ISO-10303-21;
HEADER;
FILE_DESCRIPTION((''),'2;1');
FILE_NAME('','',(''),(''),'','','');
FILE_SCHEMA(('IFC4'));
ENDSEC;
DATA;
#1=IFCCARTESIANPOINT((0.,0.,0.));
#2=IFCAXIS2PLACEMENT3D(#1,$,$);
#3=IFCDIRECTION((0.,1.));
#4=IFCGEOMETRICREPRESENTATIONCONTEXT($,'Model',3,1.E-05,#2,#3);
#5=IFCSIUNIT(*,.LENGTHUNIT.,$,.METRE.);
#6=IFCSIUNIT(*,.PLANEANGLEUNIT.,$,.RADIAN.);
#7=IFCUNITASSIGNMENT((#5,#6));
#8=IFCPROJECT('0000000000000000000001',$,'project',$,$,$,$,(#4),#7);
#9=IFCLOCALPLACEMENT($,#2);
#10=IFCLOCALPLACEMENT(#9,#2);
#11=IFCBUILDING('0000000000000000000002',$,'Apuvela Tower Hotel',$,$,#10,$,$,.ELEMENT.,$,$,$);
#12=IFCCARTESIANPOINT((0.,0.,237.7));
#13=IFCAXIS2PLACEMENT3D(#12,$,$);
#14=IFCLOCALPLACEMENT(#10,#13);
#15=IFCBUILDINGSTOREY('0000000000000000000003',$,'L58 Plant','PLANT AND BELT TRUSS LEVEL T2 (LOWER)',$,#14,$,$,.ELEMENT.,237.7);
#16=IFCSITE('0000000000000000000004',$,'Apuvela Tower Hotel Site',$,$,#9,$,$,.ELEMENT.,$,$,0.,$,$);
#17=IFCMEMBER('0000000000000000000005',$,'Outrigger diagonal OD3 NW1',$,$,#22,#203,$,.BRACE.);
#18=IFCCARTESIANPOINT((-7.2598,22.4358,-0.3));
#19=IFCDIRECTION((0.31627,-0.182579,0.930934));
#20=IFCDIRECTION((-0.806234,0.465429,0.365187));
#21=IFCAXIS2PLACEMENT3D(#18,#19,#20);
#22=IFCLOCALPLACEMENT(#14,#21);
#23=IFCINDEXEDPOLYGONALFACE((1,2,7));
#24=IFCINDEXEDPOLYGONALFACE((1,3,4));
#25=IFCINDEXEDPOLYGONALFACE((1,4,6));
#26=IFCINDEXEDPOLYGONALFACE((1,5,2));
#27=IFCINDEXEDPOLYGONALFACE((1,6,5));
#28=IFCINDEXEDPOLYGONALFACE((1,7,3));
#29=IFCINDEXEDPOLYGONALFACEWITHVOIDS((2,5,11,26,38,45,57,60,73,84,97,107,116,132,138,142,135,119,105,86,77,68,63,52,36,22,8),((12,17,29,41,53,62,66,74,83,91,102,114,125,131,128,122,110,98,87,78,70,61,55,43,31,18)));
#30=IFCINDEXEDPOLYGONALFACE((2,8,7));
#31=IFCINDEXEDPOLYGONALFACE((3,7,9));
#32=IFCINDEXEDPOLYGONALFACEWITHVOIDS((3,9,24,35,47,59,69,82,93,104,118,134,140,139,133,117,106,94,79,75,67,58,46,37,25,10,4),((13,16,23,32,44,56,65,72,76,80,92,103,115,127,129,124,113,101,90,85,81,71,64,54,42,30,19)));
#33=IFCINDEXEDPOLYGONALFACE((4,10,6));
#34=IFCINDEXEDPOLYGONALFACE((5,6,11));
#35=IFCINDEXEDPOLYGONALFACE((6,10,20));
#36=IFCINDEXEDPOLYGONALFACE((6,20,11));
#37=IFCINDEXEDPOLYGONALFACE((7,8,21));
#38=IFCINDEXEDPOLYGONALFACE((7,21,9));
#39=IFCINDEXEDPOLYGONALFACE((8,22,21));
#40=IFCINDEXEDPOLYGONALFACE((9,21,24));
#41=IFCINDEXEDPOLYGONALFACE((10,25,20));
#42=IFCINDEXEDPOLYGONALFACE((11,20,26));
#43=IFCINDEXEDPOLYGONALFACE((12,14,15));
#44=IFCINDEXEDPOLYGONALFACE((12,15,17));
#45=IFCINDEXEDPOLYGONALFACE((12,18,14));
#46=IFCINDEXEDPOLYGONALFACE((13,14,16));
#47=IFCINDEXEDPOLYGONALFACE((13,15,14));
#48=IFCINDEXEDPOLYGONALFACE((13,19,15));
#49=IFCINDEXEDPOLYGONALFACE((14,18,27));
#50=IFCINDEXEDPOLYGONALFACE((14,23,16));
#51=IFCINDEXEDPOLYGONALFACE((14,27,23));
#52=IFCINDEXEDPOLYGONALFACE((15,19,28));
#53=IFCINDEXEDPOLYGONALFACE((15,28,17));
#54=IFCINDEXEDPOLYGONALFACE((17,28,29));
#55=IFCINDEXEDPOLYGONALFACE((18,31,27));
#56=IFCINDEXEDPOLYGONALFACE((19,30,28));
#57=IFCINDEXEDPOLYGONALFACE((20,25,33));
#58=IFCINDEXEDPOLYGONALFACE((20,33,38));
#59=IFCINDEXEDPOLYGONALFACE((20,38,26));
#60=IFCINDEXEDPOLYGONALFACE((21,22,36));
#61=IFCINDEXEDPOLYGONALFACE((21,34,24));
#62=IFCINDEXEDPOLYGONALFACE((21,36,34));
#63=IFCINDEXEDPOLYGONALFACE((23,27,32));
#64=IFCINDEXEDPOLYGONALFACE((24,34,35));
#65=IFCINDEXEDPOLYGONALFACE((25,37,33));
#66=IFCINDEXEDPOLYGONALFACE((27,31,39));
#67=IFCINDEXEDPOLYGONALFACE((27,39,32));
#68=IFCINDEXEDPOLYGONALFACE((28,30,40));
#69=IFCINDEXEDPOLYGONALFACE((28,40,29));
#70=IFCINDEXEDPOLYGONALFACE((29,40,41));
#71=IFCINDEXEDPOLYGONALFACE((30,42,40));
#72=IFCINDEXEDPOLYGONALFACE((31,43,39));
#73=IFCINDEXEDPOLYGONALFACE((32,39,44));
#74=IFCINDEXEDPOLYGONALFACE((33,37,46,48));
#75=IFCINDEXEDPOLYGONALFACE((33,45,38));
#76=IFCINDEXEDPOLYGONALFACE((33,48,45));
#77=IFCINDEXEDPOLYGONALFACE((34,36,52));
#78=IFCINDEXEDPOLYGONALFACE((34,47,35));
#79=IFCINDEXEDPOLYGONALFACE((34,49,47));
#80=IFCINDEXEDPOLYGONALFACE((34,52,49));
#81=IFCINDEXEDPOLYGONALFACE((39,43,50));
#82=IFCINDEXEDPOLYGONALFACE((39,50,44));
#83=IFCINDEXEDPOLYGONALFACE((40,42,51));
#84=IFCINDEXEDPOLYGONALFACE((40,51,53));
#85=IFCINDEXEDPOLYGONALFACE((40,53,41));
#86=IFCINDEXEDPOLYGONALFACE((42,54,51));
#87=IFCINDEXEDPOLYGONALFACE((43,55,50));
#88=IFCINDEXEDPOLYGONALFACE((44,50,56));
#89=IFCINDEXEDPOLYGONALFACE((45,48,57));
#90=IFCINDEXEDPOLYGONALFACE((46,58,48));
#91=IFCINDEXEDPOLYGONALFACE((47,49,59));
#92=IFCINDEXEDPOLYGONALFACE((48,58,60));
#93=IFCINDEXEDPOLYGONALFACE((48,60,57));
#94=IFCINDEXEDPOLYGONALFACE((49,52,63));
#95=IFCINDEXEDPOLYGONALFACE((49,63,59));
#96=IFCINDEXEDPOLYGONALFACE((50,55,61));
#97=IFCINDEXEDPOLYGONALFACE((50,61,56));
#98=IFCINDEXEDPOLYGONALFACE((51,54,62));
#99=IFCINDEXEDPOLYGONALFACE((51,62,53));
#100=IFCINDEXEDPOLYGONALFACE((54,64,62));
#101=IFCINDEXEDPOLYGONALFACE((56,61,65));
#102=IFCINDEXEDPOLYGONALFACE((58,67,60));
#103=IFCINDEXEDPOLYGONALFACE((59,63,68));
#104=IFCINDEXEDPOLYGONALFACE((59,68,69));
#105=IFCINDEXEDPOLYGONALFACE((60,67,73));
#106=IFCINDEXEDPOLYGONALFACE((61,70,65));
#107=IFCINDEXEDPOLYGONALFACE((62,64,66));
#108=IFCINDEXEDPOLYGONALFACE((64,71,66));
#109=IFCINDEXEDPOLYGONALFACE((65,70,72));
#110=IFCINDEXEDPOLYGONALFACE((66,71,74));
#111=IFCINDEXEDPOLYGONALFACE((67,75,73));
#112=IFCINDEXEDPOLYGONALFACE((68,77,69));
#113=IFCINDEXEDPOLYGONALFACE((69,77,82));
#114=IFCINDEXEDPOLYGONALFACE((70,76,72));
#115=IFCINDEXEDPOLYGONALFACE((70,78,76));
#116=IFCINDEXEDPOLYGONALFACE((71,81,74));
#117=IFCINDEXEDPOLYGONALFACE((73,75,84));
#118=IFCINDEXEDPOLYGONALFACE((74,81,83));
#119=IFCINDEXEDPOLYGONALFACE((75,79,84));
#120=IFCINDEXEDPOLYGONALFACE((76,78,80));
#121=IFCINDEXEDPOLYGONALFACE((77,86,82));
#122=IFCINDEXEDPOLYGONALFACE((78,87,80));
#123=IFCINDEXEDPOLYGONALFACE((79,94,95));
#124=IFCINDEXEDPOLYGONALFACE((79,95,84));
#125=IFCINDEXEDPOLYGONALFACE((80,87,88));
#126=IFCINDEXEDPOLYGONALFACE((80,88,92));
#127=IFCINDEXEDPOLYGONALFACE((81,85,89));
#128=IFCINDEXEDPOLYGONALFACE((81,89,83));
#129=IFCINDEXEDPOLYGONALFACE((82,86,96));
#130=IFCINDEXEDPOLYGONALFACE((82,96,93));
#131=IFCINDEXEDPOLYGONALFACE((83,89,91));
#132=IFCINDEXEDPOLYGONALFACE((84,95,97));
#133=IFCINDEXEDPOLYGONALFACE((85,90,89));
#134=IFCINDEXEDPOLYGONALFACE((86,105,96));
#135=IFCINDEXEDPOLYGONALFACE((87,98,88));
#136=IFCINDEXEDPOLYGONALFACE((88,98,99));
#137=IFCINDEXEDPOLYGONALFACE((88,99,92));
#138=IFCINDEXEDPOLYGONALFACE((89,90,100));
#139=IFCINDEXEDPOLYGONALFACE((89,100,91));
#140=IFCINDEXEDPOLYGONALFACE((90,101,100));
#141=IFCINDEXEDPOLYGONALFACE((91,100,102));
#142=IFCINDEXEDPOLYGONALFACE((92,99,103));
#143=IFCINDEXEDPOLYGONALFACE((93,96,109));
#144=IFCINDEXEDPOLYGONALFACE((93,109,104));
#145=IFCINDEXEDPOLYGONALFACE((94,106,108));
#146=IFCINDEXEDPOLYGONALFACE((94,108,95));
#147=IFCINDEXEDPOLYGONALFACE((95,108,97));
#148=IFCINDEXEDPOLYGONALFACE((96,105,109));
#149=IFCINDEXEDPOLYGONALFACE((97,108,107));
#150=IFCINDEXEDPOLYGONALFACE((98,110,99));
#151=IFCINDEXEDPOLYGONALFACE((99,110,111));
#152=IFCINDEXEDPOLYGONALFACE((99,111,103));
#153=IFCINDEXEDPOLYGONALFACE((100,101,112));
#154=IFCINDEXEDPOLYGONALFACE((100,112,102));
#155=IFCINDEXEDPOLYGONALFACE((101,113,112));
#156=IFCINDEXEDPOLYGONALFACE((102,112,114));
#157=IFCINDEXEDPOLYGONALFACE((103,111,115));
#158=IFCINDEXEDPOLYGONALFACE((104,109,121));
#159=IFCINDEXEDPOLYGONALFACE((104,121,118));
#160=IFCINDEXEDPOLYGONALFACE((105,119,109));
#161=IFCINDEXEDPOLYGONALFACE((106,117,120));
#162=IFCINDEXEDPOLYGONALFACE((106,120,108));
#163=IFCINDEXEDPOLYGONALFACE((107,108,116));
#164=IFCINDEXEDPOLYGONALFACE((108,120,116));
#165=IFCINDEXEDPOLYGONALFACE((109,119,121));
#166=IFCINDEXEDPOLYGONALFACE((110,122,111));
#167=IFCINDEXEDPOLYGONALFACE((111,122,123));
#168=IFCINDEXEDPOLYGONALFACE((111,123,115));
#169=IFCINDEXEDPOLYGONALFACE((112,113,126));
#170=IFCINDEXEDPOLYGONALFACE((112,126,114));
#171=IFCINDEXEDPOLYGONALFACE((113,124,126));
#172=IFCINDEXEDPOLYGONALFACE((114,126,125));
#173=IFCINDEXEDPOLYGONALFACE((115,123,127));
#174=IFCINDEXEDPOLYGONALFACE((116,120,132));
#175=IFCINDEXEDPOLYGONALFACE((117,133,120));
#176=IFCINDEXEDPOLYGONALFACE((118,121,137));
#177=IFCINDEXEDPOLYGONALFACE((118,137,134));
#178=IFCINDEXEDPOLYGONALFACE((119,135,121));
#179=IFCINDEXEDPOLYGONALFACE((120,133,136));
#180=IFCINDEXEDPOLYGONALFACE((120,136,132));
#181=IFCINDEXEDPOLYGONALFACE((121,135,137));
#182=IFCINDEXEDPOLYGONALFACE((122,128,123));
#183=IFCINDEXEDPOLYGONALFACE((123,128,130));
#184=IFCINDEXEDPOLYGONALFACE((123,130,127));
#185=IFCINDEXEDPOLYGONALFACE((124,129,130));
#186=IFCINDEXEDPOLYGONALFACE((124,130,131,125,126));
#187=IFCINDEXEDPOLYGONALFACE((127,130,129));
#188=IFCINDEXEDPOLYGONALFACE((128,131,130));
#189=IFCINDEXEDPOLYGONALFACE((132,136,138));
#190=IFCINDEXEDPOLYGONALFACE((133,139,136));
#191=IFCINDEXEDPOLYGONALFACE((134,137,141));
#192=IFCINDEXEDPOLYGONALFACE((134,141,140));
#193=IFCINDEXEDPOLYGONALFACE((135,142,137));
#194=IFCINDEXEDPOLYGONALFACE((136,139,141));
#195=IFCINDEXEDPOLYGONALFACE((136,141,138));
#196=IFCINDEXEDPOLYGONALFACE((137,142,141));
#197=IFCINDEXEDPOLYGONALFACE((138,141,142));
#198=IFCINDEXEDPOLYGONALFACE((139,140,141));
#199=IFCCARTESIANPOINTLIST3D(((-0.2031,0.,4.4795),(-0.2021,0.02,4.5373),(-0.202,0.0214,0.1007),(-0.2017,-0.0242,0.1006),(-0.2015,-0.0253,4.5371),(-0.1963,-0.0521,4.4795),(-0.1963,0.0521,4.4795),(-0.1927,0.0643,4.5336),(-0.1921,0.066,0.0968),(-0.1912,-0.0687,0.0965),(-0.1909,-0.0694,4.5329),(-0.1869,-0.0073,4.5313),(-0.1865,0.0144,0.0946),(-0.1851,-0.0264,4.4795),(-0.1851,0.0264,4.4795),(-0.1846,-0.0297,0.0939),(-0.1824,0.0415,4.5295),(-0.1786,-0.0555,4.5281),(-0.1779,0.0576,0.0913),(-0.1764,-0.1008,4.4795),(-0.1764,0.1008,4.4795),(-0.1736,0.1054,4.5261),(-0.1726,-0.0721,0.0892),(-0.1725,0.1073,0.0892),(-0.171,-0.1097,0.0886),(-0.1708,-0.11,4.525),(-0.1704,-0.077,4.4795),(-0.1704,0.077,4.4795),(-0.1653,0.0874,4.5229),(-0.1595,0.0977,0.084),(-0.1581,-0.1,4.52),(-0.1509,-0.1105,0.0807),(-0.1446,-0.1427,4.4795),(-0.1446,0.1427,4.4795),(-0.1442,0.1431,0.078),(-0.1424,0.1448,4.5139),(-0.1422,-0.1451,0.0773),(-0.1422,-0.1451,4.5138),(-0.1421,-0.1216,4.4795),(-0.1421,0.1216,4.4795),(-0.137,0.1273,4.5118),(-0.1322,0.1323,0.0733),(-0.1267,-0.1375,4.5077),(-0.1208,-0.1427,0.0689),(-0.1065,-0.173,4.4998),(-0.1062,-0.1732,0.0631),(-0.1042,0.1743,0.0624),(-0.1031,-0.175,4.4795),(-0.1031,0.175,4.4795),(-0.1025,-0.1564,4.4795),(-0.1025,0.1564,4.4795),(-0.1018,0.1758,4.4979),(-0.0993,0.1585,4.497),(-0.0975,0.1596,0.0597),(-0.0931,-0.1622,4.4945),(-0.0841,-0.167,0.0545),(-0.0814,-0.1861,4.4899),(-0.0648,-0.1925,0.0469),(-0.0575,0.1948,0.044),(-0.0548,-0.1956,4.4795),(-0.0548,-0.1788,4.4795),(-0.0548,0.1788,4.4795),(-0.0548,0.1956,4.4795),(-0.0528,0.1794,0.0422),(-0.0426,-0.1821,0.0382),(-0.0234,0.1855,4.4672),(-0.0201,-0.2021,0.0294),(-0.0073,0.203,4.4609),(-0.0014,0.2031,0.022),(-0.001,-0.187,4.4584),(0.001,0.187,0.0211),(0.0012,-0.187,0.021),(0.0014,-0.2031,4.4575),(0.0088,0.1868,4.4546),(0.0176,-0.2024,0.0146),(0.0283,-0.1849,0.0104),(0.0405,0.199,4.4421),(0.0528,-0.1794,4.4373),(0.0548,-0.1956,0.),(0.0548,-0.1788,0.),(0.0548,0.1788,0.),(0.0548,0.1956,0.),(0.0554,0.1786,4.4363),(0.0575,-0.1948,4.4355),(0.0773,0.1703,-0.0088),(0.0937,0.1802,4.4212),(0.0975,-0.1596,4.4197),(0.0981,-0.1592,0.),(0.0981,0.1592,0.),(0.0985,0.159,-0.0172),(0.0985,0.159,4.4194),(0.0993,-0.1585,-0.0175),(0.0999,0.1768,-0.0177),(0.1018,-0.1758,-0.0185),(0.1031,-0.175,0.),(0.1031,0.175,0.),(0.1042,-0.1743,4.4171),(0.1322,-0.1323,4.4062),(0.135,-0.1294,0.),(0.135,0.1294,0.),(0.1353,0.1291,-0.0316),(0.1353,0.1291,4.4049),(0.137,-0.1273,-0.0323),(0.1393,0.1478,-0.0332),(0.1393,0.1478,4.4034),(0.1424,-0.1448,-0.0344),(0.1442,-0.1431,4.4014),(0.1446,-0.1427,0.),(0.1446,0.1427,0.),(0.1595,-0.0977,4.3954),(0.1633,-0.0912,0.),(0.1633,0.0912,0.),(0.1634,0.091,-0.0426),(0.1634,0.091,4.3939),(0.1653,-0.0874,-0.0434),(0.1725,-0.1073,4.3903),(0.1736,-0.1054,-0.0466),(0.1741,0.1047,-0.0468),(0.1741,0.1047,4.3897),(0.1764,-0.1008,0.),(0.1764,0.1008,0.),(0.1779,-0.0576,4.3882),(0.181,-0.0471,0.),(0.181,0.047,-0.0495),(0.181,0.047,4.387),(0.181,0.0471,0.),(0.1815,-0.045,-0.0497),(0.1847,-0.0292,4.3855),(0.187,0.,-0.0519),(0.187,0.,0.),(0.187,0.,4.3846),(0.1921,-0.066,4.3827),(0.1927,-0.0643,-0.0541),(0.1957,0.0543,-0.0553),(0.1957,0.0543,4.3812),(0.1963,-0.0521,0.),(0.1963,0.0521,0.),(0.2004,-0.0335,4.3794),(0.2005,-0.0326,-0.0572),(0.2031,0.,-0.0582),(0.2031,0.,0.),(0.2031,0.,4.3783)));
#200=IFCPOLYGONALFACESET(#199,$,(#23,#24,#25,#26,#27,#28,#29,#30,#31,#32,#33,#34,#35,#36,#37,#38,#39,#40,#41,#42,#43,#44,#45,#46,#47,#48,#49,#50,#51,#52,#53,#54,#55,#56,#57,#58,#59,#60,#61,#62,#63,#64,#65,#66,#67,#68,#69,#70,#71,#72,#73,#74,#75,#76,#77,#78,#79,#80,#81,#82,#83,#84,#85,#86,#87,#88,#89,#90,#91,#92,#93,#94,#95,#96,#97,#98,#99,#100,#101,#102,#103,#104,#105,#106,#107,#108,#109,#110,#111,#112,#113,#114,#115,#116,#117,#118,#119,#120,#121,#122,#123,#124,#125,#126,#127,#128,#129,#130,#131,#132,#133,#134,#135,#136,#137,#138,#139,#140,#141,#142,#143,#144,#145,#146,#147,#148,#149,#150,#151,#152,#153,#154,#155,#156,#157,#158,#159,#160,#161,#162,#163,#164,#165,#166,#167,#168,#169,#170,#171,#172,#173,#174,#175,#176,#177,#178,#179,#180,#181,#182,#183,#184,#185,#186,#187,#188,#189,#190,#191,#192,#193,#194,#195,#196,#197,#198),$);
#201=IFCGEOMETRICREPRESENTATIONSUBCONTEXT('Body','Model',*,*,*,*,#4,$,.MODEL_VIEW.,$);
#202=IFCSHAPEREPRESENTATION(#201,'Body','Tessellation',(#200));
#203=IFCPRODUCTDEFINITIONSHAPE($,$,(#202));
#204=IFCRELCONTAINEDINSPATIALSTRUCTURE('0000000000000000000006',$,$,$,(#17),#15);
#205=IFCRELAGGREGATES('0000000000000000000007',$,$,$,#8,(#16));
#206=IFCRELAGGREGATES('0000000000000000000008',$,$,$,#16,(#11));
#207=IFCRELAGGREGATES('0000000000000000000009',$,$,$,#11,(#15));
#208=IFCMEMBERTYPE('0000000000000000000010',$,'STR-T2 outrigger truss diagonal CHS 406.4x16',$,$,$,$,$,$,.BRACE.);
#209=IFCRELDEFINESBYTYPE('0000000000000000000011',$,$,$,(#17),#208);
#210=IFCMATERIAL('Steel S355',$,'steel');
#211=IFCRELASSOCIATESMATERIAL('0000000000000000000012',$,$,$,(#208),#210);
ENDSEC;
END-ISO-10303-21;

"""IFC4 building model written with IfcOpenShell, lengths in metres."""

from ifc_helpers import new_model, si_unit, direction, frame, origin, origin_2d, place, context, subcontext, project, spatial, hollow_circle, extrude, boolean, halfspace, material, material_profile, profile_set, type_object, element, save


model = new_model("IFC4")

# Units and contexts
model_context = context("Model", 3, precision=1e-05, world=origin(), true_north=direction((0.0, 1.0)))
body_context = subcontext(model_context, "Body", "Model", "MODEL_VIEW")
ifc_project = project(units=[si_unit("LENGTHUNIT", "METRE"), si_unit("PLANEANGLEUNIT", "RADIAN")], contexts=[model_context])

# Site, building, storey
site_placement = place(None, origin())
site = spatial("IfcSite", under=ifc_project, at=site_placement, Name="Apuvela Tower Hotel Site", CompositionType="ELEMENT", RefElevation=0.0)
building_placement = place(site_placement, origin())
building = spatial("IfcBuilding", under=site, at=building_placement, Name="Apuvela Tower Hotel", CompositionType="ELEMENT")
storey_placement = place(building_placement, frame((0.0, 0.0, 237.7)))
storey = spatial("IfcBuildingStorey", under=building, at=storey_placement, Name="L58 Plant", Description="PLANT AND BELT TRUSS LEVEL T2 (LOWER)", CompositionType="ELEMENT", Elevation=237.7)

# Member
ifc_material_1 = material(Name="Steel S355", Category="steel")
ifc_material_profile_1 = material_profile(ifc_material_1, hollow_circle(Radius=0.2031, WallThickness=0.0161, at=origin_2d()), Name="CHS 406.4x16")
ifc_profile_set_1 = profile_set([ifc_material_profile_1], Name="Steel S355")
member_type_1 = type_object("IfcMemberType", Name="STR-T2 outrigger truss diagonal CHS 406.4x16", PredefinedType="BRACE", material=ifc_profile_set_1)
member_1_placement = place(storey_placement, frame((-7.2598, 22.4358, -0.3), z_axis=(0.31627, -0.182579, 0.930934), x_axis=(-0.806234, 0.465429, 0.365187)))
solid_1 = boolean("DIFFERENCE", boolean("DIFFERENCE", extrude(hollow_circle(Radius=0.2031, WallThickness=0.0161, at=origin_2d()), frame((0.0, 0.0, -0.1997)), (0.0, 0.0, 1.0), 4.8789), halfspace(frame((0.0, 0.0, 0.0215), z_axis=(0.365187, 0.0, 0.930934), x_axis=(0.930934, 0.0, -0.365187)), True)), halfspace(frame((0.0, 0.0, 4.458), z_axis=(0.365187, 0.0, 0.930934), x_axis=(0.930934, 0.0, -0.365187)), False))
element("IfcMember", 1, at=member_1_placement, inside=storey, type_object=member_type_1, Name="Outrigger diagonal OD3 NW1", PredefinedType="BRACE", context=body_context, shape_type="SweptSolid", body=[
    boolean("UNION", boolean("DIFFERENCE", boolean("DIFFERENCE", extrude(hollow_circle(Radius=0.2031, WallThickness=0.0161, at=origin_2d()), origin(), (0.0, 0.0, 1.0), 4.4795), halfspace(frame((0.0, 0.0, 0.0215), z_axis=(0.365187, 0.0, 0.930934), x_axis=(0.930934, 0.0, -0.365187)), True)), halfspace(frame((0.0, 0.0, 4.458), z_axis=(0.365187, 0.0, 0.930934), x_axis=(0.930934, 0.0, -0.365187)), False)), solid_1),
])

save(model, "model.ifc")
